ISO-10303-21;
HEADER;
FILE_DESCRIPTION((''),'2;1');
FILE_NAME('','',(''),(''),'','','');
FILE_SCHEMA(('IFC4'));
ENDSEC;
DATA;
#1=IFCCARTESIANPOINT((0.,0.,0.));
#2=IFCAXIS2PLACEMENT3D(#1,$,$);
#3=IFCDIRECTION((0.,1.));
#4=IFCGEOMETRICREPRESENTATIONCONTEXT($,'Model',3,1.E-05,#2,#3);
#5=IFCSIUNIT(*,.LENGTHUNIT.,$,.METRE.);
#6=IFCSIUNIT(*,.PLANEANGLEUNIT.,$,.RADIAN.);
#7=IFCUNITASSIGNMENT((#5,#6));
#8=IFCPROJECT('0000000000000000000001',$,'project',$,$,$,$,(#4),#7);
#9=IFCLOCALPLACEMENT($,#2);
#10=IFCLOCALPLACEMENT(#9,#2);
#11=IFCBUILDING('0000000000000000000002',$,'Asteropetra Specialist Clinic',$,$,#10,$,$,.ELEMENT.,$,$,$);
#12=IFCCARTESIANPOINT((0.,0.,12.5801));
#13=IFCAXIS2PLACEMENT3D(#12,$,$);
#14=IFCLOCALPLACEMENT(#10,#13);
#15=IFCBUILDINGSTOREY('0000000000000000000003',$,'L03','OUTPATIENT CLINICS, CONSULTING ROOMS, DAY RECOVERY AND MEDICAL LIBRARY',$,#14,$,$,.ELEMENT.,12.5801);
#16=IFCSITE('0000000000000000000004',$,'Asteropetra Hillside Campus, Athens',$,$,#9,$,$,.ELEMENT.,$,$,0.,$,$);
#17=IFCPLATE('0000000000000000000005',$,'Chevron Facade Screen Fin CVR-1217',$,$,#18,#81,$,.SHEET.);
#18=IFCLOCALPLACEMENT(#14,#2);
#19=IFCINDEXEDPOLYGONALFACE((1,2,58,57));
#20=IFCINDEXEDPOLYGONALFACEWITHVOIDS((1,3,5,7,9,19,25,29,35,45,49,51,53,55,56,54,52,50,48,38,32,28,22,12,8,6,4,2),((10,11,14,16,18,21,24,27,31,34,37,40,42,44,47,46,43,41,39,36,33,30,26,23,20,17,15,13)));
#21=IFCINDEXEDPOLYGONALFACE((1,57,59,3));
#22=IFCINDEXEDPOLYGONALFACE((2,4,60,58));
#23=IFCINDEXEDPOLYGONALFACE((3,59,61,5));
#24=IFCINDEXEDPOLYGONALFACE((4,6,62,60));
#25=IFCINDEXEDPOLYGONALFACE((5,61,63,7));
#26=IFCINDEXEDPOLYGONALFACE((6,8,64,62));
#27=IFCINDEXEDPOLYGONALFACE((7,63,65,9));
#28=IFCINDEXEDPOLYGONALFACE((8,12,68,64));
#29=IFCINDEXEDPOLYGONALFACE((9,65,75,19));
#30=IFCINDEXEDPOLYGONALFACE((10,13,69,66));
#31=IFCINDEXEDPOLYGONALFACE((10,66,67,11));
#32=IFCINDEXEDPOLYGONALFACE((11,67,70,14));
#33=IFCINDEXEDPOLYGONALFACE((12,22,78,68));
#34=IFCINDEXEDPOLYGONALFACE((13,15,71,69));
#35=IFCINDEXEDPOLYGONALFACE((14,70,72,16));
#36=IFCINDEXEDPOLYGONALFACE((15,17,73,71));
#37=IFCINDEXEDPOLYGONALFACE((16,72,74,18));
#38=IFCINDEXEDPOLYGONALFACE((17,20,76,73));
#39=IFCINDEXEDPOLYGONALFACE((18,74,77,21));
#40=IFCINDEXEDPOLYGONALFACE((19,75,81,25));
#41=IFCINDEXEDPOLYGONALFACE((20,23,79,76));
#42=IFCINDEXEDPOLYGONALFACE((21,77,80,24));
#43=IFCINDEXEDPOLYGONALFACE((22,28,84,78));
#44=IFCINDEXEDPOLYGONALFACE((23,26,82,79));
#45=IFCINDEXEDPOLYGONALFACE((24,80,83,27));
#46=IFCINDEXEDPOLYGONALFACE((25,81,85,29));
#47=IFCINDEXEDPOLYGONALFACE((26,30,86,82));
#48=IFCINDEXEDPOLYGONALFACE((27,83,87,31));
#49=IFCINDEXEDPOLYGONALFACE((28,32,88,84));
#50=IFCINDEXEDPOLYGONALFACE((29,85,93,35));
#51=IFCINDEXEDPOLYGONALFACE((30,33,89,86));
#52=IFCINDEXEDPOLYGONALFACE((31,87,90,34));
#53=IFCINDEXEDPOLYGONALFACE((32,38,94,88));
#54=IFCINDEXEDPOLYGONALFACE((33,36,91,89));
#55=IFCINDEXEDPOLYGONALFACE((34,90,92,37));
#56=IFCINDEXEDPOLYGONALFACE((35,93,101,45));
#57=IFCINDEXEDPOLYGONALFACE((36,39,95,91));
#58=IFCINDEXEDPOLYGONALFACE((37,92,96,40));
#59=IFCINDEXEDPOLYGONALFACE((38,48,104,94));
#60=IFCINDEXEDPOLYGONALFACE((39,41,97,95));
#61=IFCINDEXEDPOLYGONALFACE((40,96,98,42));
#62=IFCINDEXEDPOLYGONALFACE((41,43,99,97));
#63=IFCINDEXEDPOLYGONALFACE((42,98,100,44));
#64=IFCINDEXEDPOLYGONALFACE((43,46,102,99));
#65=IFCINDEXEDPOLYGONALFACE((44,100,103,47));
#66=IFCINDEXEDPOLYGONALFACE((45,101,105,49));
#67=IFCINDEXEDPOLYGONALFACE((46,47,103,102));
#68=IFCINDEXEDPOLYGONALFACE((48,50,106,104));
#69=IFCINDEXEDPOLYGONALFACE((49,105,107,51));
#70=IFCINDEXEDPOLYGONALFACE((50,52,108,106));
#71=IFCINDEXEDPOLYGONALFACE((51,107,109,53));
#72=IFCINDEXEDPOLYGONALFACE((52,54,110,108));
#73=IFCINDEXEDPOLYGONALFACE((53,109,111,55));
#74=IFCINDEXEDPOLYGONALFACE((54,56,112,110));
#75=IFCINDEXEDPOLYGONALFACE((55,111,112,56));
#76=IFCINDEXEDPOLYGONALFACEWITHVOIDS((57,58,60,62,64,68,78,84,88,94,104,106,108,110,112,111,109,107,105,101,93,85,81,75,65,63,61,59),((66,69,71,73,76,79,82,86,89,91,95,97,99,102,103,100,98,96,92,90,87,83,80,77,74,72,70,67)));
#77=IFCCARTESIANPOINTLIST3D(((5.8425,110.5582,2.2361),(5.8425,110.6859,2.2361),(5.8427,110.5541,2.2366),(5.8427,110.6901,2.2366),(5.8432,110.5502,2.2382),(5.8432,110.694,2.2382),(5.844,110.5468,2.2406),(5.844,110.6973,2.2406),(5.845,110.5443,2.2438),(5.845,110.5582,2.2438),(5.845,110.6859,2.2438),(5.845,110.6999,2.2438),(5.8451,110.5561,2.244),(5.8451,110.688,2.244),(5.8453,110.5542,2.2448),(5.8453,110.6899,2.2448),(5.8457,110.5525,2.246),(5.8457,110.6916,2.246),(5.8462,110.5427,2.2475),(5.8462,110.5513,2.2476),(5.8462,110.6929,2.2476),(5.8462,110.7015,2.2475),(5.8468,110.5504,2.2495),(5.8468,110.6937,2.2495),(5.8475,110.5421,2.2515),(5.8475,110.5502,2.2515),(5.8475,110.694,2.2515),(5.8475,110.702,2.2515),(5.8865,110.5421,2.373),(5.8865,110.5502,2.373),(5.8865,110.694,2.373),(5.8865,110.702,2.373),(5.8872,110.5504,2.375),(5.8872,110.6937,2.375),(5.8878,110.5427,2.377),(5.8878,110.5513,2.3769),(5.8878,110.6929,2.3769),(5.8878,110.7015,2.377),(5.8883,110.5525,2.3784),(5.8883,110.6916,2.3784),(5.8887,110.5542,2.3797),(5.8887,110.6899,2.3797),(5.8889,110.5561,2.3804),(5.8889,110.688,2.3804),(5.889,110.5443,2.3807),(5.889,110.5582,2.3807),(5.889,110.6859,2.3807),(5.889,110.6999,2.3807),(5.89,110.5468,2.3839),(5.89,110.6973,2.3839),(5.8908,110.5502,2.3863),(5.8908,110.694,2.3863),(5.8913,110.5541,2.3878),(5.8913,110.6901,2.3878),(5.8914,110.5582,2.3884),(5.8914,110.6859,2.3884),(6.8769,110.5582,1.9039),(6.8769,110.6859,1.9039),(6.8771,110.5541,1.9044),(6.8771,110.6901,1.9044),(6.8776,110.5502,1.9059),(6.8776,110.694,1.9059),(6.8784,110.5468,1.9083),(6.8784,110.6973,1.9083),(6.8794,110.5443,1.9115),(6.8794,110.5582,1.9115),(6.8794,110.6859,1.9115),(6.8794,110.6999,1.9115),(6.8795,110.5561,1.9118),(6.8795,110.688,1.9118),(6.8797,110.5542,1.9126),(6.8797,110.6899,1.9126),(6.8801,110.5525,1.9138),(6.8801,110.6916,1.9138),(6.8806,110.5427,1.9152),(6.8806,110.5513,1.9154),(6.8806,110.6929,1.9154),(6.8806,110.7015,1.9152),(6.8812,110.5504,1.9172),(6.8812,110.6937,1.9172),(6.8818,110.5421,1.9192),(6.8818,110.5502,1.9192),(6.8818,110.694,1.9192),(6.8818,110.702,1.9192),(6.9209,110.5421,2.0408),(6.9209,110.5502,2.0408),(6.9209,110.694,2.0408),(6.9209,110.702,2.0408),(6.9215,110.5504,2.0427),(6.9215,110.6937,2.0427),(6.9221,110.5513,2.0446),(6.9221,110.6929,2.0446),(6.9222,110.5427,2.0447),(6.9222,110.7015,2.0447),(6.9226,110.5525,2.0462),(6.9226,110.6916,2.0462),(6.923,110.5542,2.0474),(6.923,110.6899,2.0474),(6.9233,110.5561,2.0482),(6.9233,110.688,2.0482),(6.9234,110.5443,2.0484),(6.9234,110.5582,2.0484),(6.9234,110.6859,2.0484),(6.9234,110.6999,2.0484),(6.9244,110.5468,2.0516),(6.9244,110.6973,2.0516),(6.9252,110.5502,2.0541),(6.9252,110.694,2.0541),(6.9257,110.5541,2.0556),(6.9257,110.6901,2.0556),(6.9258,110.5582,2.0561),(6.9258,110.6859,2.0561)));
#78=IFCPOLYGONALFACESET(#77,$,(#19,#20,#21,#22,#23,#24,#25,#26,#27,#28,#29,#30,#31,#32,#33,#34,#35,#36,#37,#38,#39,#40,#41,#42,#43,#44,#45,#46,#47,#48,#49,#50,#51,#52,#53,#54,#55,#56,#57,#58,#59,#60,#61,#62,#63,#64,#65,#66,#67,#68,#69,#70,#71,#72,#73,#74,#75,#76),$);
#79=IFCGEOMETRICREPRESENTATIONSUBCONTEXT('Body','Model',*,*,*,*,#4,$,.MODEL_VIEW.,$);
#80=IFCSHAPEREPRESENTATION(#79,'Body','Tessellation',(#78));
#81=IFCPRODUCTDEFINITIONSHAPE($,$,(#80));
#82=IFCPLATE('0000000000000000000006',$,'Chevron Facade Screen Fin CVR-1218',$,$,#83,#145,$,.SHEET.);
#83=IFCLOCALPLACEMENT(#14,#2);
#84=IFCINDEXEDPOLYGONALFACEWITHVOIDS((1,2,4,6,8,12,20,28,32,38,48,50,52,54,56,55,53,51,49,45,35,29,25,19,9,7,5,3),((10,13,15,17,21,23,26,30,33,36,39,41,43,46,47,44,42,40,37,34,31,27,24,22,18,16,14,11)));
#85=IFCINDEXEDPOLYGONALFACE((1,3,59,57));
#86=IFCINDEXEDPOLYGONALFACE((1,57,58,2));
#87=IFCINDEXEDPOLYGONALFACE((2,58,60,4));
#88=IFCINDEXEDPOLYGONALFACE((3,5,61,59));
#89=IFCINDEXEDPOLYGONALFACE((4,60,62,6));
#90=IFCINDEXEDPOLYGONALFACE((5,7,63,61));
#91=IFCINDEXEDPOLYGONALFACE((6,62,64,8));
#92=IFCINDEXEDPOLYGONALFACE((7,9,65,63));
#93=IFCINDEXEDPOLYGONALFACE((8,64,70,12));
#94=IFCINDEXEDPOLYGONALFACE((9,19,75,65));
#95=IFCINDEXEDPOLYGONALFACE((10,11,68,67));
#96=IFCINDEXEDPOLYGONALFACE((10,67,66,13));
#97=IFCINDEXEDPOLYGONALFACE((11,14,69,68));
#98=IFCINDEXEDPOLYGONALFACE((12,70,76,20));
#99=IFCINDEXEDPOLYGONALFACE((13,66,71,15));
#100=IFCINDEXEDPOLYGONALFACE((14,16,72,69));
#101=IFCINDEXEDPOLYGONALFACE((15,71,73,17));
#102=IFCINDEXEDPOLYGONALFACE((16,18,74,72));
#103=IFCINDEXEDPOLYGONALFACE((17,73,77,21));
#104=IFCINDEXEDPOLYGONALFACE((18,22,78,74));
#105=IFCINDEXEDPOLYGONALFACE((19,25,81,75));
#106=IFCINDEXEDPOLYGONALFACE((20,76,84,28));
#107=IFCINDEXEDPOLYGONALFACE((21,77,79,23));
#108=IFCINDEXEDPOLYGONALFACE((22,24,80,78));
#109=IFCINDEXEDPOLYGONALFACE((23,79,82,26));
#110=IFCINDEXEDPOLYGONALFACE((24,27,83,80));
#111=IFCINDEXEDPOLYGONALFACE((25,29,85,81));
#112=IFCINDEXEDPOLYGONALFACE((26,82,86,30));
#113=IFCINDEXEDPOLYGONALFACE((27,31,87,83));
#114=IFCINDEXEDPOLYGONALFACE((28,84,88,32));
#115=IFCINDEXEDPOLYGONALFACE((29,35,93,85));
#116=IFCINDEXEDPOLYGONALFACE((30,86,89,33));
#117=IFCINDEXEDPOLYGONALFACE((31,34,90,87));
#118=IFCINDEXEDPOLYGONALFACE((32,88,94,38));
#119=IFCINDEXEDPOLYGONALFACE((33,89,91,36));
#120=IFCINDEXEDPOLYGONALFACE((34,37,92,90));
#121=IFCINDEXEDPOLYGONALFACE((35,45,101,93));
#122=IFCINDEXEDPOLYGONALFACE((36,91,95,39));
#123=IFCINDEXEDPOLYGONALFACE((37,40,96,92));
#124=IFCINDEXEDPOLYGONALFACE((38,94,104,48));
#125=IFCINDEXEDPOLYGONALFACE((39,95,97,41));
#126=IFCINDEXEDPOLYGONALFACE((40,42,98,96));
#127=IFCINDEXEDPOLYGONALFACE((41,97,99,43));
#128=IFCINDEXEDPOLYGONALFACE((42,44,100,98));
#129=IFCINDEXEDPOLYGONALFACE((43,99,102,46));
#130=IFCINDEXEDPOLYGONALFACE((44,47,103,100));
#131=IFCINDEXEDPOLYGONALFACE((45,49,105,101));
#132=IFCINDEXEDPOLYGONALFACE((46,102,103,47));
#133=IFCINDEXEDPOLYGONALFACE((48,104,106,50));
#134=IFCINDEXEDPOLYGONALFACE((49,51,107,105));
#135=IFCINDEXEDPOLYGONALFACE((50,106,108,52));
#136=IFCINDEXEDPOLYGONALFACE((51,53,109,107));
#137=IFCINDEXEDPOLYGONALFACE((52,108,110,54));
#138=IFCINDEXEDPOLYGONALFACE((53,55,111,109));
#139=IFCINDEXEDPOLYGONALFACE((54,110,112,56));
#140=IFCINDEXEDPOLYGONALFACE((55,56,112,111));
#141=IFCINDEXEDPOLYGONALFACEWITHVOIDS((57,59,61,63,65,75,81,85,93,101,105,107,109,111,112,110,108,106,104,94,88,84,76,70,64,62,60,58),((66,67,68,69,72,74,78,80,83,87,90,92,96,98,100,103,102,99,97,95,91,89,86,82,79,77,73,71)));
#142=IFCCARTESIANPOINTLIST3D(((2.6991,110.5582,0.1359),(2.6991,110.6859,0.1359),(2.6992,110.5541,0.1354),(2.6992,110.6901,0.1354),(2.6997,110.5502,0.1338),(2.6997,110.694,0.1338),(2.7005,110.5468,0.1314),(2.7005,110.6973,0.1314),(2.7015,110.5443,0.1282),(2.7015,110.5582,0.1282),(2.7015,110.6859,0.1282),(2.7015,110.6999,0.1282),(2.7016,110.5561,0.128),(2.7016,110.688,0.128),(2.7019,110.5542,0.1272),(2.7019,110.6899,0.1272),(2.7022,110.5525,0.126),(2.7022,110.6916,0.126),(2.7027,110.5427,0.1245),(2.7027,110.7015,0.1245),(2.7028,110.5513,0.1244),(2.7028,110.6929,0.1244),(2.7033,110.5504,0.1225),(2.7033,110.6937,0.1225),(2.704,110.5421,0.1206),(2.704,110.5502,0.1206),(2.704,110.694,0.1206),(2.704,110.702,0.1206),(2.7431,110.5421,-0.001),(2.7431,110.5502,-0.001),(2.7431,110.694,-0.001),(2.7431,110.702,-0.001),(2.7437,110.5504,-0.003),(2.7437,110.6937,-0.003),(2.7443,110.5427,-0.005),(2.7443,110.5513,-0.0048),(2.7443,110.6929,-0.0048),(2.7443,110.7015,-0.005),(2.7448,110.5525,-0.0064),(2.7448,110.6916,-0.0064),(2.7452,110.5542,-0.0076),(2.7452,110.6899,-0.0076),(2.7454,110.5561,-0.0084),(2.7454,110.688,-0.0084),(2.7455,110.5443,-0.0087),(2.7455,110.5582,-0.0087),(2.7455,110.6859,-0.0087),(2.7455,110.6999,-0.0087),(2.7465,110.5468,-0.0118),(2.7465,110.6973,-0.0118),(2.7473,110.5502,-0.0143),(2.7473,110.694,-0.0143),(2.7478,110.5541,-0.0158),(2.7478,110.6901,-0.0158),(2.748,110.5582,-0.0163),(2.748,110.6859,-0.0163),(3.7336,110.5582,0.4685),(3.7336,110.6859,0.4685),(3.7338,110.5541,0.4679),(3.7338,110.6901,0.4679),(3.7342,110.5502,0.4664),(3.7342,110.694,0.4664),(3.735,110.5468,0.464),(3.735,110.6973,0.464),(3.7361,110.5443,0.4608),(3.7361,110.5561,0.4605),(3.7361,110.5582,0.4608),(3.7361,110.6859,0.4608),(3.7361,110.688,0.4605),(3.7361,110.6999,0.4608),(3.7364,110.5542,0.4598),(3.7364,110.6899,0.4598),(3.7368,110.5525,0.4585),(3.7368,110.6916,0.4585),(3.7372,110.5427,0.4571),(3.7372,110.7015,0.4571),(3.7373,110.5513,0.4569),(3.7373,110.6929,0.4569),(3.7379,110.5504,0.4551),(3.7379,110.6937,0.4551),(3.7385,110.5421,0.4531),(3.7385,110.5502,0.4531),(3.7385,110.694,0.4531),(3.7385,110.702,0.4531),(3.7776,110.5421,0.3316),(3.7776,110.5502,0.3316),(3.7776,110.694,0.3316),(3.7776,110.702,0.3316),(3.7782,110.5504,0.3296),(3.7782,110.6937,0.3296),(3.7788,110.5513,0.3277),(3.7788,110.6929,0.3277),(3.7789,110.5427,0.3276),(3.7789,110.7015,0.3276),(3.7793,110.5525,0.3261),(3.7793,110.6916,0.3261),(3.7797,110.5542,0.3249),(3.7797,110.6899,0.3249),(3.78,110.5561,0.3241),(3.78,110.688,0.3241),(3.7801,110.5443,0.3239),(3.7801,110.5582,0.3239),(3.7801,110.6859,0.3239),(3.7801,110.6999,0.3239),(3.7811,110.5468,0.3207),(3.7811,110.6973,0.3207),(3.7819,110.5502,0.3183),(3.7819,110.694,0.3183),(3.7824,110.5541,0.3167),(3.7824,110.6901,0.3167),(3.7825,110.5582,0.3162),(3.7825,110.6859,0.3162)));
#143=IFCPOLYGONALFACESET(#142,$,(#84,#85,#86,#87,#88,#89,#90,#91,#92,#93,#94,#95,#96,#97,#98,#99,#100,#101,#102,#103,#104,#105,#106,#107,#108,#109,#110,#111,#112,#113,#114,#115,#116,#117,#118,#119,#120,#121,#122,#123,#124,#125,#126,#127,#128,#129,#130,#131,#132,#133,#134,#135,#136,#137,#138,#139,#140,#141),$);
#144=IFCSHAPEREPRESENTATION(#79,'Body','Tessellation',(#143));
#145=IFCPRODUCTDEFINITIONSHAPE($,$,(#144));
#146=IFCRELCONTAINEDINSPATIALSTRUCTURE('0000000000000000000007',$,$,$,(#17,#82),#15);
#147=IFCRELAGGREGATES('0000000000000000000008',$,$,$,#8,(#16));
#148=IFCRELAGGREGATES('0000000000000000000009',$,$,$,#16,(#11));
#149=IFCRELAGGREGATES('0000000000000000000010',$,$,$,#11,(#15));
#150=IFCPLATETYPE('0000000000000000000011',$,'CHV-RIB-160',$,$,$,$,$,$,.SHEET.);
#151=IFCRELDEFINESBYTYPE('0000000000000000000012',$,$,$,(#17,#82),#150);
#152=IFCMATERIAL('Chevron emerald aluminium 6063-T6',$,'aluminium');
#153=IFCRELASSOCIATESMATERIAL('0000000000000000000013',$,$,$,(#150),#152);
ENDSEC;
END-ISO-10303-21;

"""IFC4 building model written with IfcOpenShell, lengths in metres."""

from ifc_helpers import new_model, si_unit, direction, frame, origin, origin_2d, place, context, subcontext, project, spatial, hollow_rectangle, extrude, material, material_profile, profile_set, type_object, element, save


model = new_model("IFC4")

# Units and contexts
model_context = context("Model", 3, precision=1e-05, world=origin(), true_north=direction((0.0, 1.0)))
body_context = subcontext(model_context, "Body", "Model", "MODEL_VIEW")
ifc_project = project(units=[si_unit("LENGTHUNIT", "METRE"), si_unit("PLANEANGLEUNIT", "RADIAN")], contexts=[model_context])

# Site, building, storey
site_placement = place(None, origin())
site = spatial("IfcSite", under=ifc_project, at=site_placement, Name="Asteropetra Hillside Campus, Athens", CompositionType="ELEMENT", RefElevation=0.0)
building_placement = place(site_placement, origin())
building = spatial("IfcBuilding", under=site, at=building_placement, Name="Asteropetra Specialist Clinic", CompositionType="ELEMENT")
storey_placement = place(building_placement, frame((0.0, 0.0, 12.5801)))
storey = spatial("IfcBuildingStorey", under=building, at=storey_placement, Name="L03", Description="OUTPATIENT CLINICS, CONSULTING ROOMS, DAY RECOVERY AND MEDICAL LIBRARY", CompositionType="ELEMENT", Elevation=12.5801)

# Plates
ifc_material_1 = material(Name="Chevron emerald aluminium 6063-T6", Category="aluminium")
ifc_material_profile_1 = material_profile(ifc_material_1, hollow_rectangle(XDim=0.1599, YDim=0.1599, WallThickness=0.0081, InnerFilletRadius=0.0081, OuterFilletRadius=0.0161, at=origin_2d()), Name="SHS 160x160x8.0")
ifc_profile_set_1 = profile_set([ifc_material_profile_1], Name="Chevron emerald aluminium 6063-T6")
plate_type_1 = type_object("IfcPlateType", Name="CHV-RIB-160", PredefinedType="SHEET", material=ifc_profile_set_1)
for number, where, z_axis, x_axis, name in (
    (1, (6.9014, 110.6221, 1.98), (-0.952087, 0.0, 0.305827), (0.0, -1.0, 0.0), "Chevron Facade Screen Fin CVR-1217"),
):
    element("IfcPlate", number, at=place(storey_placement, frame(where, z_axis=z_axis, x_axis=x_axis)), inside=storey, type_object=plate_type_1, Name=name, PredefinedType="SHEET", context=body_context, shape_type="SweptSolid", body=[
        extrude(hollow_rectangle(XDim=0.1599, YDim=0.1599, WallThickness=0.0081, InnerFilletRadius=0.0081, OuterFilletRadius=0.0161, at=origin_2d()), origin(), (0.0, 0.0, 1.0), 1.0864),
    ])
plate_1_placement = place(storey_placement, frame((3.7581, 110.6221, 0.3923), z_axis=(-0.952022, 0.0, -0.306031), x_axis=(0.0, -1.0, 0.0)))
element("IfcPlate", 2, at=plate_1_placement, inside=storey, type_object=plate_type_1, Name="Chevron Facade Screen Fin CVR-1218", PredefinedType="SHEET", context=body_context, shape_type="SweptSolid", body=[
    extrude(hollow_rectangle(XDim=0.1599, YDim=0.1599, WallThickness=0.0081, InnerFilletRadius=0.0081, OuterFilletRadius=0.0161, at=origin_2d()), origin(), (0.0, 0.0, 1.0), 1.0867),
])

save(model, "model.ifc")
